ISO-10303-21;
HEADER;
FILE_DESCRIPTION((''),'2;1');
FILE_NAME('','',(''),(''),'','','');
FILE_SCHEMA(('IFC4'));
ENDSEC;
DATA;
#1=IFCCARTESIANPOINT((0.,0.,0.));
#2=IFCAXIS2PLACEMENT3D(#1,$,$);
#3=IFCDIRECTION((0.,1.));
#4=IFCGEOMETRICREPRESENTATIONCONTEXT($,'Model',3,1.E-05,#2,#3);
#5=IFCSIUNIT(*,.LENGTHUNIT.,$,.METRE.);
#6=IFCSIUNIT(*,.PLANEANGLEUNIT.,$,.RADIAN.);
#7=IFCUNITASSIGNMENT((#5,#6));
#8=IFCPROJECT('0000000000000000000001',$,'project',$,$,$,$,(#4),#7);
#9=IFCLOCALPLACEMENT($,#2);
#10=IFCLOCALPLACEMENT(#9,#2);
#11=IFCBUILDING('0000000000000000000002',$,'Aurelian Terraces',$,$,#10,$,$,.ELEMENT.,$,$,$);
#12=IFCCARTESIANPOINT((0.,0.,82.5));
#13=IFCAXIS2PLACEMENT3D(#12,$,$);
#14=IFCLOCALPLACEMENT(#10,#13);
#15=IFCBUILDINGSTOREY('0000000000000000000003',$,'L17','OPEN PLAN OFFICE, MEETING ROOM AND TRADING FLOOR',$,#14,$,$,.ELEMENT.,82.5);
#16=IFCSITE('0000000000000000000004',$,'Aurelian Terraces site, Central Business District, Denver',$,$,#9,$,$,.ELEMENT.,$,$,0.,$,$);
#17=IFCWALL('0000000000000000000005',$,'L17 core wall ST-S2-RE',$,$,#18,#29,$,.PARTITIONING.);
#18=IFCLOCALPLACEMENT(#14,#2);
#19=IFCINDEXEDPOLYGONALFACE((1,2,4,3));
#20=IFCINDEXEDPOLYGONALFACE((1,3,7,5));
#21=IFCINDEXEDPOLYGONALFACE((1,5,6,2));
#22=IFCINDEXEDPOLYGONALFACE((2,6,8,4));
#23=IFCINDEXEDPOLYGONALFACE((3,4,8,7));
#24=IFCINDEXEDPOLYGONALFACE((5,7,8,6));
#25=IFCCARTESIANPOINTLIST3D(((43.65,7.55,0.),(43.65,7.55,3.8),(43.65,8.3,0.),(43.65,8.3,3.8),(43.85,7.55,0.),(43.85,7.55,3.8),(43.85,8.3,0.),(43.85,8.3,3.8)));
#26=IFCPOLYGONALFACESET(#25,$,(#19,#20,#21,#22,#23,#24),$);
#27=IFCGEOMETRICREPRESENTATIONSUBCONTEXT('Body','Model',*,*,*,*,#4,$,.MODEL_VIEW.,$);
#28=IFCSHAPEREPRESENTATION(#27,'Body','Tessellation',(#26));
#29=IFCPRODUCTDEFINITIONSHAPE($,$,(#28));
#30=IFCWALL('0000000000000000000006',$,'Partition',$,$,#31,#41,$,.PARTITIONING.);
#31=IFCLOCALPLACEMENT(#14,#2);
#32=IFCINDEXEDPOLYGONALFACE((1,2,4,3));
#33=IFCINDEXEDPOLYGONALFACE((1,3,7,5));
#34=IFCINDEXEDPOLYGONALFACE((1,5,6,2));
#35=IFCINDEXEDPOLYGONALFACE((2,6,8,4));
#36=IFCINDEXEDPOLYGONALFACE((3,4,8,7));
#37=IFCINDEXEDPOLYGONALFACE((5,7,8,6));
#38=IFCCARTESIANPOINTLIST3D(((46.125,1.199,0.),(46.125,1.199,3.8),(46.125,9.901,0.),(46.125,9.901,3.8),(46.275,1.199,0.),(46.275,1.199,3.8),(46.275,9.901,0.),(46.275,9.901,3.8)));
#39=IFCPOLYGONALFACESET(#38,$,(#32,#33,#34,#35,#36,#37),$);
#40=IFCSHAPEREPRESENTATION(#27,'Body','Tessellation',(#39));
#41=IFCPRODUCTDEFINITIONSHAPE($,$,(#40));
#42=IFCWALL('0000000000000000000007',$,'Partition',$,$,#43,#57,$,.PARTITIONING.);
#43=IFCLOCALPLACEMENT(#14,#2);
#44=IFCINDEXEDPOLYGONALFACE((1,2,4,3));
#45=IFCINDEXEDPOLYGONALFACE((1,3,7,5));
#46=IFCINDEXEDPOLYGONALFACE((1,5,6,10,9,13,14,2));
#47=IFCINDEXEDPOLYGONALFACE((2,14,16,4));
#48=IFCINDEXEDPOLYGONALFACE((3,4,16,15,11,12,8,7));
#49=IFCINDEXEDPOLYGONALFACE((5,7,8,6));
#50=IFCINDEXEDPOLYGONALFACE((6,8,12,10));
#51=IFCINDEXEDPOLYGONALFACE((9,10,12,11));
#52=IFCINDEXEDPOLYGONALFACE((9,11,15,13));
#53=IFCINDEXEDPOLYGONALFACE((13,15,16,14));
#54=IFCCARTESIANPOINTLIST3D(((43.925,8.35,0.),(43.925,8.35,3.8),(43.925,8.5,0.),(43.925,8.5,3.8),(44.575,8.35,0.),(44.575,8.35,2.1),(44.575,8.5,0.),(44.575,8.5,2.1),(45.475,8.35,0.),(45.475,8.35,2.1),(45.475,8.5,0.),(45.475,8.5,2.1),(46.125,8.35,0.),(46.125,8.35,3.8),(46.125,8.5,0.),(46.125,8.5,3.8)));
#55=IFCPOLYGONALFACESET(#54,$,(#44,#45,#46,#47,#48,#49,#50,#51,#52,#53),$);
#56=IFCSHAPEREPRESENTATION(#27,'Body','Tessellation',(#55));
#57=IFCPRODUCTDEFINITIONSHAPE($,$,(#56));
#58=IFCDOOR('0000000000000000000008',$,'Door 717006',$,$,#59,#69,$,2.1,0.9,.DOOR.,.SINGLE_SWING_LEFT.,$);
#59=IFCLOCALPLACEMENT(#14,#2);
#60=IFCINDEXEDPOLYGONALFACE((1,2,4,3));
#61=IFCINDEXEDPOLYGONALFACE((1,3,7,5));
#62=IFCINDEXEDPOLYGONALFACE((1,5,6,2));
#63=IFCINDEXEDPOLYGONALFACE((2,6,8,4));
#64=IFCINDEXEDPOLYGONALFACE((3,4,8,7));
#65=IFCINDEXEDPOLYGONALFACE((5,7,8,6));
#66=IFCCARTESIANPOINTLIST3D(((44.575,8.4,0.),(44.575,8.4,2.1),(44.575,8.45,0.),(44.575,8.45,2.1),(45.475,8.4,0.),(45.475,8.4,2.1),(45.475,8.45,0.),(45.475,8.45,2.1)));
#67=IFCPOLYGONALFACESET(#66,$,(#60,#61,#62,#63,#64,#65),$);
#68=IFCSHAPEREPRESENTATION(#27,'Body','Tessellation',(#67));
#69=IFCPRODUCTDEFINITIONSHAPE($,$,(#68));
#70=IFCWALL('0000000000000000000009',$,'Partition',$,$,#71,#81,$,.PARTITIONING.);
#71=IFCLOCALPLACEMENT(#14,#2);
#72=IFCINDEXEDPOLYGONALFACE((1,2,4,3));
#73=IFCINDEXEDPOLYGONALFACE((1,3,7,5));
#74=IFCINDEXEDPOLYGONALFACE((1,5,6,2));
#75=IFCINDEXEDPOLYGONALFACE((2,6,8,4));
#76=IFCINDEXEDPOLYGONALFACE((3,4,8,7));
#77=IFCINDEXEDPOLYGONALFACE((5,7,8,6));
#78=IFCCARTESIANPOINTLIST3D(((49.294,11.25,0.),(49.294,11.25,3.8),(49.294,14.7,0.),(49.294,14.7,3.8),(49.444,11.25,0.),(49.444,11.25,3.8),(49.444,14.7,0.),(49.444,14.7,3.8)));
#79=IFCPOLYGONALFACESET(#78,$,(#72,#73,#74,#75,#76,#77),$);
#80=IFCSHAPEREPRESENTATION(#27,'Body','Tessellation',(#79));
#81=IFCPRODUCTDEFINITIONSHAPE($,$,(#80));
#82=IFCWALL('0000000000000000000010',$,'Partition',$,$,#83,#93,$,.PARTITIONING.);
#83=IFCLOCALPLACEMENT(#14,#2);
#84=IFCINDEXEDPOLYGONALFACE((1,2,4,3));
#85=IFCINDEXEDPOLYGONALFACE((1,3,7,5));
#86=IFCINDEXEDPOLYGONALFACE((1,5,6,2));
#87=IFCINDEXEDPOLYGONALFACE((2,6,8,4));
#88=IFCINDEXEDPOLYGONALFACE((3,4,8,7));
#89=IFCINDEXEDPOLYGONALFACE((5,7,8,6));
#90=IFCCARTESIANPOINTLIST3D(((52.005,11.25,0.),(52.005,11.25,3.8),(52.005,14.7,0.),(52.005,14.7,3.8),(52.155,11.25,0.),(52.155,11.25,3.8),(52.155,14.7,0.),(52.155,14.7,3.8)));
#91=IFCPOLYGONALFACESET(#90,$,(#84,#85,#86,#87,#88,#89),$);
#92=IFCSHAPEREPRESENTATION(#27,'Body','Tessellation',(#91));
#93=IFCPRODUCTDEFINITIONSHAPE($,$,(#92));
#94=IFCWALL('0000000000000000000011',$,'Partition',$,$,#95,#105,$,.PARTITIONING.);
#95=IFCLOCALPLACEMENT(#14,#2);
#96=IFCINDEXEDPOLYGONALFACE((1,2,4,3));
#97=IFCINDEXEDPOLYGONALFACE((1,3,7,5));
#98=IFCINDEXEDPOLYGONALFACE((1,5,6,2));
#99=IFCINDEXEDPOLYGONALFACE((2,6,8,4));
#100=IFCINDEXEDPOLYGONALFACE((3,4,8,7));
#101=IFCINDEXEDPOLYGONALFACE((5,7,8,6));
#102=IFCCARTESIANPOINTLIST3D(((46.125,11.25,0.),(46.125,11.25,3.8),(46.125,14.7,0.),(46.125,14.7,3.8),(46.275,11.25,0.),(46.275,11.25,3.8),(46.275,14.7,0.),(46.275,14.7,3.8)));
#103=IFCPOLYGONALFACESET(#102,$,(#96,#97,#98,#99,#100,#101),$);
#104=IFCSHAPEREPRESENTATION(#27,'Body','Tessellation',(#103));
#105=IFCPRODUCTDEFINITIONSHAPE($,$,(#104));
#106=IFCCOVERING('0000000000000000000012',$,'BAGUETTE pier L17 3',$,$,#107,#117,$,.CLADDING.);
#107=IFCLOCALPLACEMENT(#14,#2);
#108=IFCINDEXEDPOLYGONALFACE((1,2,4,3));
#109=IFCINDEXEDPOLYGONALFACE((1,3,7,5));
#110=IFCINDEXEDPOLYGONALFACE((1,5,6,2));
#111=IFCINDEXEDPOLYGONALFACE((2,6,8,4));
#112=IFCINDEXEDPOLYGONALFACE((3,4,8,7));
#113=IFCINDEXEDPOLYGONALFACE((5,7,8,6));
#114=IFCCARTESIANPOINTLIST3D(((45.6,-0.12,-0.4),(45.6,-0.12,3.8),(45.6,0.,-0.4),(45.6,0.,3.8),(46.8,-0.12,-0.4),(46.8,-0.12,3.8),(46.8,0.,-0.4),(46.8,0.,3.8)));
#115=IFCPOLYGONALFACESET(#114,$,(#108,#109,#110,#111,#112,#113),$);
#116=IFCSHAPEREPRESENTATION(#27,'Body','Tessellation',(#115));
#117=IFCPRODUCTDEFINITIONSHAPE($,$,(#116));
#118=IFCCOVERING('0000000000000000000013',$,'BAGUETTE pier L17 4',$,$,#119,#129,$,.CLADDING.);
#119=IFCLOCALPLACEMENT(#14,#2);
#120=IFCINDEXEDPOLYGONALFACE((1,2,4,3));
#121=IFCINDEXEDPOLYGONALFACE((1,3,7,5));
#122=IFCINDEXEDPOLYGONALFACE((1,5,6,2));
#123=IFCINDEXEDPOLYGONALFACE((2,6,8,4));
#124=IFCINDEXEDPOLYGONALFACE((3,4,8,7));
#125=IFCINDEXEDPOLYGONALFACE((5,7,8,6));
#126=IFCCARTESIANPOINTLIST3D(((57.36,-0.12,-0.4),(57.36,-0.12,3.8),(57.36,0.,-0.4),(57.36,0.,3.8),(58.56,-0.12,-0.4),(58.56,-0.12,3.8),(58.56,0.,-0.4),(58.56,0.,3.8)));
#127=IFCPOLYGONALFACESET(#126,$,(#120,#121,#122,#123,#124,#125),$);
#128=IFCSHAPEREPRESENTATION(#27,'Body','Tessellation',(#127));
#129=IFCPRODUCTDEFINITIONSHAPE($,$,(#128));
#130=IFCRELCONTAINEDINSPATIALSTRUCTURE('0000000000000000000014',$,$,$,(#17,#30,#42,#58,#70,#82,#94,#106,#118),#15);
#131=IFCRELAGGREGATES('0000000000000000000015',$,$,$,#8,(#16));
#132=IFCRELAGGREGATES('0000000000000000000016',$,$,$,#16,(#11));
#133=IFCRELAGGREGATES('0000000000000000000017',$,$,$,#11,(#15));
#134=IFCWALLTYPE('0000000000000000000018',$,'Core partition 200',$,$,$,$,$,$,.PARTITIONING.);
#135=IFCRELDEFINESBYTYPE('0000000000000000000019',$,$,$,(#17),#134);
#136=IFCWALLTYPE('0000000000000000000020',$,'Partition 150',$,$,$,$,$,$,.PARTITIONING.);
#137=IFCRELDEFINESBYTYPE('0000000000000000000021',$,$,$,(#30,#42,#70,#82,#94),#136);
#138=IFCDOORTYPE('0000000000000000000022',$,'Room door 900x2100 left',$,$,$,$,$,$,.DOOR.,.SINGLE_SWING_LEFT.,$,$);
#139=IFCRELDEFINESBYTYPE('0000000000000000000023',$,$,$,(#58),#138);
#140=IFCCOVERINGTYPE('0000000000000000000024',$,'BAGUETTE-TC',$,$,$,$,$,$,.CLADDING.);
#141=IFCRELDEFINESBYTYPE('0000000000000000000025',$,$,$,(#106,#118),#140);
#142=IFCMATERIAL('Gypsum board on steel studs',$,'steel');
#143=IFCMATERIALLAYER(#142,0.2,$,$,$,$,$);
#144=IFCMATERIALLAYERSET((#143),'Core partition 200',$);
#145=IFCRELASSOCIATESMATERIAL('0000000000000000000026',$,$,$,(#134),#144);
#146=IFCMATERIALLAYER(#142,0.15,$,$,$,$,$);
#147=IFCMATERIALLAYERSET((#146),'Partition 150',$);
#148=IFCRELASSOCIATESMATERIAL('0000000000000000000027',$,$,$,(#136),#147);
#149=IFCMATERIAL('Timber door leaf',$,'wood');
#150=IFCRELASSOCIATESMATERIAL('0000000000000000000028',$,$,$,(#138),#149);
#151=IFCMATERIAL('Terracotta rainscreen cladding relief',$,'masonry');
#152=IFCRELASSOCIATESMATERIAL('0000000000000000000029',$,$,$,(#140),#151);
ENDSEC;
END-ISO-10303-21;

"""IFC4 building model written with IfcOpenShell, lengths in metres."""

from ifc_helpers import new_model, si_unit, direction, frame, frame_2d, origin, origin_2d, place, context, subcontext, project, spatial, rectangle, extrude, source, transform, mapped, material, layer, layer_set, type_object, element, fill, save


model = new_model("IFC4")

# Units and contexts
model_context = context("Model", 3, precision=1e-05, world=origin(), true_north=direction((0.0, 1.0)))
body_context = subcontext(model_context, "Body", "Model", "MODEL_VIEW")
ifc_project = project(units=[si_unit("LENGTHUNIT", "METRE"), si_unit("PLANEANGLEUNIT", "RADIAN")], contexts=[model_context])

# Site, building, storey
site_placement = place(None, origin())
site = spatial("IfcSite", under=ifc_project, at=site_placement, Name="Aurelian Terraces site, Central Business District, Denver", CompositionType="ELEMENT", RefElevation=0.0)
building_placement = place(site_placement, origin())
building = spatial("IfcBuilding", under=site, at=building_placement, Name="Aurelian Terraces", CompositionType="ELEMENT")
storey_placement = place(building_placement, frame((0.0, 0.0, 82.5)))
storey = spatial("IfcBuildingStorey", under=building, at=storey_placement, Name="L17", Description="OPEN PLAN OFFICE, MEETING ROOM AND TRADING FLOOR", CompositionType="ELEMENT", Elevation=82.5)

# Walls
ifc_material_1 = material(Name="Gypsum board on steel studs", Category="steel")
ifc_layer_1 = layer(ifc_material_1, 0.2)
ifc_layer_set_1 = layer_set([ifc_layer_1], Name="Core partition 200")
wall_type_1 = type_object("IfcWallType", Name="Core partition 200", PredefinedType="PARTITIONING", material=ifc_layer_set_1)
shared_shape_1 = source(origin(), body_context, "Body", "SweptSolid", [
    extrude(rectangle(XDim=0.75, YDim=0.2, at=frame_2d((0.375, 0.0))), origin(), (0.0, 0.0, 1.0), 3.8),
])
wall_1_placement = place(storey_placement, frame((43.75, 7.55, 0.0), z_axis=(0.0, 0.0, 1.0), x_axis=(0.0, 1.0, 0.0)))
element("IfcWall", 1, at=wall_1_placement, inside=storey, type_object=wall_type_1, Name="L17 core wall ST-S2-RE", PredefinedType="PARTITIONING", context=body_context, shape_type="MappedRepresentation", body=[
    mapped(shared_shape_1, transform((0.0, 0.0, 0.0), scale=1.0)),
])
ifc_layer_2 = layer(ifc_material_1, 0.15)
ifc_layer_set_2 = layer_set([ifc_layer_2], Name="Partition 150")
wall_type_2 = type_object("IfcWallType", Name="Partition 150", PredefinedType="PARTITIONING", material=ifc_layer_set_2)
shared_shape_2 = source(origin(), body_context, "Body", "SweptSolid", [
    extrude(rectangle(XDim=8.702, YDim=0.15, at=frame_2d((4.351, 0.0))), origin(), (0.0, 0.0, 1.0), 3.8),
])
wall_2_placement = place(storey_placement, frame((46.2, 1.199, 0.0), z_axis=(0.0, 0.0, 1.0), x_axis=(0.0, 1.0, 0.0)))
element("IfcWall", 2, at=wall_2_placement, inside=storey, type_object=wall_type_2, Name="Partition", PredefinedType="PARTITIONING", context=body_context, shape_type="MappedRepresentation", body=[
    mapped(shared_shape_2, transform((0.0, 0.0, 0.0), scale=1.0)),
])

# Wall, opening, door
shared_shape_3 = source(origin(), body_context, "Body", "SweptSolid", [
    extrude(rectangle(XDim=2.2, YDim=0.15, at=frame_2d((1.1, 0.0))), origin(), (0.0, 0.0, 1.0), 3.8),
])
wall_3_placement = place(storey_placement, frame((46.125, 8.425, 0.0), z_axis=(0.0, 0.0, 1.0), x_axis=(-1.0, 0.0, 0.0)))
wall_3 = element("IfcWall", 3, at=wall_3_placement, inside=storey, type_object=wall_type_2, Name="Partition", PredefinedType="PARTITIONING", context=body_context, shape_type="MappedRepresentation", body=[
    mapped(shared_shape_3, transform((0.0, 0.0, 0.0), scale=1.0)),
])
shared_shape_4 = source(origin(), body_context, "Body", "SweptSolid", [
    extrude(rectangle(XDim=0.9, YDim=2.1, at=frame_2d((0.45, 1.05))), frame((0.0, 0.085, 0.0), z_axis=(0.0, -1.0, 0.0), x_axis=(1.0, 0.0, 0.0)), (0.0, 0.0, 1.0), 0.17),
])
opening_1_placement = place(wall_3_placement, frame((0.65, 0.0, 0.0)))
opening_1 = element("IfcOpeningElement", 4, at=opening_1_placement, cuts=wall_3, PredefinedType="OPENING", context=body_context, shape_type="MappedRepresentation", body=[
    mapped(shared_shape_4, transform((0.0, 0.0, 0.0), scale=1.0)),
])
ifc_material_2 = material(Name="Timber door leaf", Category="wood")
door_type = type_object("IfcDoorType", Name="Room door 900x2100 left", OperationType="SINGLE_SWING_LEFT", PredefinedType="DOOR", material=ifc_material_2)
shared_shape_5 = source(origin(), body_context, "Body", "SweptSolid", [
    extrude(rectangle(XDim=0.9, YDim=2.1, at=frame_2d((0.45, 1.05))), frame((0.0, 0.025, 0.0), z_axis=(0.0, -1.0, 0.0), x_axis=(1.0, 0.0, 0.0)), (0.0, 0.0, 1.0), 0.05),
])
door_placement = place(opening_1_placement, origin())
door = element("IfcDoor", 5, at=door_placement, inside=storey, type_object=door_type, Name="Door 717006", OperationType="SINGLE_SWING_LEFT", OverallHeight=2.1, OverallWidth=0.9, PredefinedType="DOOR", context=body_context, shape_type="MappedRepresentation", body=[
    mapped(shared_shape_5, transform((0.0, 0.0, 0.0), scale=1.0)),
])
fill(opening_1, door)

# Walls
shared_shape_6 = source(origin(), body_context, "Body", "SweptSolid", [
    extrude(rectangle(XDim=3.45, YDim=0.15, at=frame_2d((1.725, 0.0))), origin(), (0.0, 0.0, 1.0), 3.8),
])
for number, where, z_axis, x_axis, name in (
    (6, (49.369, 11.25, 0.0), (0.0, 0.0, 1.0), (0.0, 1.0, 0.0), "Partition"),
    (7, (52.08, 11.25, 0.0), (0.0, 0.0, 1.0), (0.0, 1.0, 0.0), "Partition"),
    (8, (46.2, 11.25, 0.0), (0.0, 0.0, 1.0), (0.0, 1.0, 0.0), "Partition"),
):
    element("IfcWall", number, at=place(storey_placement, frame(where, z_axis=z_axis, x_axis=x_axis)), inside=storey, type_object=wall_type_2, Name=name, PredefinedType="PARTITIONING", context=body_context, shape_type="MappedRepresentation", body=[
        mapped(shared_shape_6, transform((0.0, 0.0, 0.0), scale=1.0)),
    ])

# Coverings
ifc_material_3 = material(Name="Terracotta rainscreen cladding relief", Category="masonry")
covering_type = type_object("IfcCoveringType", Name="BAGUETTE-TC", PredefinedType="CLADDING", material=ifc_material_3)
shared_shape_7 = source(origin(), body_context, "Body", "SweptSolid", [
    extrude(rectangle(XDim=1.2, YDim=0.12, at=origin_2d()), origin(), (0.0, 0.0, 1.0), 4.2),
])
for number, where, z_axis, x_axis, name in (
    (9, (46.2, -0.06, -0.4), (0.0, 0.0, 1.0), (1.0, 0.0, 0.0), "BAGUETTE pier L17 3"),
    (10, (57.96, -0.06, -0.4), (0.0, 0.0, 1.0), (1.0, 0.0, 0.0), "BAGUETTE pier L17 4"),
):
    element("IfcCovering", number, at=place(storey_placement, frame(where, z_axis=z_axis, x_axis=x_axis)), inside=storey, type_object=covering_type, Name=name, PredefinedType="CLADDING", context=body_context, shape_type="MappedRepresentation", body=[
        mapped(shared_shape_7, transform((0.0, 0.0, 0.0), scale=1.0)),
    ])

save(model, "model.ifc")
